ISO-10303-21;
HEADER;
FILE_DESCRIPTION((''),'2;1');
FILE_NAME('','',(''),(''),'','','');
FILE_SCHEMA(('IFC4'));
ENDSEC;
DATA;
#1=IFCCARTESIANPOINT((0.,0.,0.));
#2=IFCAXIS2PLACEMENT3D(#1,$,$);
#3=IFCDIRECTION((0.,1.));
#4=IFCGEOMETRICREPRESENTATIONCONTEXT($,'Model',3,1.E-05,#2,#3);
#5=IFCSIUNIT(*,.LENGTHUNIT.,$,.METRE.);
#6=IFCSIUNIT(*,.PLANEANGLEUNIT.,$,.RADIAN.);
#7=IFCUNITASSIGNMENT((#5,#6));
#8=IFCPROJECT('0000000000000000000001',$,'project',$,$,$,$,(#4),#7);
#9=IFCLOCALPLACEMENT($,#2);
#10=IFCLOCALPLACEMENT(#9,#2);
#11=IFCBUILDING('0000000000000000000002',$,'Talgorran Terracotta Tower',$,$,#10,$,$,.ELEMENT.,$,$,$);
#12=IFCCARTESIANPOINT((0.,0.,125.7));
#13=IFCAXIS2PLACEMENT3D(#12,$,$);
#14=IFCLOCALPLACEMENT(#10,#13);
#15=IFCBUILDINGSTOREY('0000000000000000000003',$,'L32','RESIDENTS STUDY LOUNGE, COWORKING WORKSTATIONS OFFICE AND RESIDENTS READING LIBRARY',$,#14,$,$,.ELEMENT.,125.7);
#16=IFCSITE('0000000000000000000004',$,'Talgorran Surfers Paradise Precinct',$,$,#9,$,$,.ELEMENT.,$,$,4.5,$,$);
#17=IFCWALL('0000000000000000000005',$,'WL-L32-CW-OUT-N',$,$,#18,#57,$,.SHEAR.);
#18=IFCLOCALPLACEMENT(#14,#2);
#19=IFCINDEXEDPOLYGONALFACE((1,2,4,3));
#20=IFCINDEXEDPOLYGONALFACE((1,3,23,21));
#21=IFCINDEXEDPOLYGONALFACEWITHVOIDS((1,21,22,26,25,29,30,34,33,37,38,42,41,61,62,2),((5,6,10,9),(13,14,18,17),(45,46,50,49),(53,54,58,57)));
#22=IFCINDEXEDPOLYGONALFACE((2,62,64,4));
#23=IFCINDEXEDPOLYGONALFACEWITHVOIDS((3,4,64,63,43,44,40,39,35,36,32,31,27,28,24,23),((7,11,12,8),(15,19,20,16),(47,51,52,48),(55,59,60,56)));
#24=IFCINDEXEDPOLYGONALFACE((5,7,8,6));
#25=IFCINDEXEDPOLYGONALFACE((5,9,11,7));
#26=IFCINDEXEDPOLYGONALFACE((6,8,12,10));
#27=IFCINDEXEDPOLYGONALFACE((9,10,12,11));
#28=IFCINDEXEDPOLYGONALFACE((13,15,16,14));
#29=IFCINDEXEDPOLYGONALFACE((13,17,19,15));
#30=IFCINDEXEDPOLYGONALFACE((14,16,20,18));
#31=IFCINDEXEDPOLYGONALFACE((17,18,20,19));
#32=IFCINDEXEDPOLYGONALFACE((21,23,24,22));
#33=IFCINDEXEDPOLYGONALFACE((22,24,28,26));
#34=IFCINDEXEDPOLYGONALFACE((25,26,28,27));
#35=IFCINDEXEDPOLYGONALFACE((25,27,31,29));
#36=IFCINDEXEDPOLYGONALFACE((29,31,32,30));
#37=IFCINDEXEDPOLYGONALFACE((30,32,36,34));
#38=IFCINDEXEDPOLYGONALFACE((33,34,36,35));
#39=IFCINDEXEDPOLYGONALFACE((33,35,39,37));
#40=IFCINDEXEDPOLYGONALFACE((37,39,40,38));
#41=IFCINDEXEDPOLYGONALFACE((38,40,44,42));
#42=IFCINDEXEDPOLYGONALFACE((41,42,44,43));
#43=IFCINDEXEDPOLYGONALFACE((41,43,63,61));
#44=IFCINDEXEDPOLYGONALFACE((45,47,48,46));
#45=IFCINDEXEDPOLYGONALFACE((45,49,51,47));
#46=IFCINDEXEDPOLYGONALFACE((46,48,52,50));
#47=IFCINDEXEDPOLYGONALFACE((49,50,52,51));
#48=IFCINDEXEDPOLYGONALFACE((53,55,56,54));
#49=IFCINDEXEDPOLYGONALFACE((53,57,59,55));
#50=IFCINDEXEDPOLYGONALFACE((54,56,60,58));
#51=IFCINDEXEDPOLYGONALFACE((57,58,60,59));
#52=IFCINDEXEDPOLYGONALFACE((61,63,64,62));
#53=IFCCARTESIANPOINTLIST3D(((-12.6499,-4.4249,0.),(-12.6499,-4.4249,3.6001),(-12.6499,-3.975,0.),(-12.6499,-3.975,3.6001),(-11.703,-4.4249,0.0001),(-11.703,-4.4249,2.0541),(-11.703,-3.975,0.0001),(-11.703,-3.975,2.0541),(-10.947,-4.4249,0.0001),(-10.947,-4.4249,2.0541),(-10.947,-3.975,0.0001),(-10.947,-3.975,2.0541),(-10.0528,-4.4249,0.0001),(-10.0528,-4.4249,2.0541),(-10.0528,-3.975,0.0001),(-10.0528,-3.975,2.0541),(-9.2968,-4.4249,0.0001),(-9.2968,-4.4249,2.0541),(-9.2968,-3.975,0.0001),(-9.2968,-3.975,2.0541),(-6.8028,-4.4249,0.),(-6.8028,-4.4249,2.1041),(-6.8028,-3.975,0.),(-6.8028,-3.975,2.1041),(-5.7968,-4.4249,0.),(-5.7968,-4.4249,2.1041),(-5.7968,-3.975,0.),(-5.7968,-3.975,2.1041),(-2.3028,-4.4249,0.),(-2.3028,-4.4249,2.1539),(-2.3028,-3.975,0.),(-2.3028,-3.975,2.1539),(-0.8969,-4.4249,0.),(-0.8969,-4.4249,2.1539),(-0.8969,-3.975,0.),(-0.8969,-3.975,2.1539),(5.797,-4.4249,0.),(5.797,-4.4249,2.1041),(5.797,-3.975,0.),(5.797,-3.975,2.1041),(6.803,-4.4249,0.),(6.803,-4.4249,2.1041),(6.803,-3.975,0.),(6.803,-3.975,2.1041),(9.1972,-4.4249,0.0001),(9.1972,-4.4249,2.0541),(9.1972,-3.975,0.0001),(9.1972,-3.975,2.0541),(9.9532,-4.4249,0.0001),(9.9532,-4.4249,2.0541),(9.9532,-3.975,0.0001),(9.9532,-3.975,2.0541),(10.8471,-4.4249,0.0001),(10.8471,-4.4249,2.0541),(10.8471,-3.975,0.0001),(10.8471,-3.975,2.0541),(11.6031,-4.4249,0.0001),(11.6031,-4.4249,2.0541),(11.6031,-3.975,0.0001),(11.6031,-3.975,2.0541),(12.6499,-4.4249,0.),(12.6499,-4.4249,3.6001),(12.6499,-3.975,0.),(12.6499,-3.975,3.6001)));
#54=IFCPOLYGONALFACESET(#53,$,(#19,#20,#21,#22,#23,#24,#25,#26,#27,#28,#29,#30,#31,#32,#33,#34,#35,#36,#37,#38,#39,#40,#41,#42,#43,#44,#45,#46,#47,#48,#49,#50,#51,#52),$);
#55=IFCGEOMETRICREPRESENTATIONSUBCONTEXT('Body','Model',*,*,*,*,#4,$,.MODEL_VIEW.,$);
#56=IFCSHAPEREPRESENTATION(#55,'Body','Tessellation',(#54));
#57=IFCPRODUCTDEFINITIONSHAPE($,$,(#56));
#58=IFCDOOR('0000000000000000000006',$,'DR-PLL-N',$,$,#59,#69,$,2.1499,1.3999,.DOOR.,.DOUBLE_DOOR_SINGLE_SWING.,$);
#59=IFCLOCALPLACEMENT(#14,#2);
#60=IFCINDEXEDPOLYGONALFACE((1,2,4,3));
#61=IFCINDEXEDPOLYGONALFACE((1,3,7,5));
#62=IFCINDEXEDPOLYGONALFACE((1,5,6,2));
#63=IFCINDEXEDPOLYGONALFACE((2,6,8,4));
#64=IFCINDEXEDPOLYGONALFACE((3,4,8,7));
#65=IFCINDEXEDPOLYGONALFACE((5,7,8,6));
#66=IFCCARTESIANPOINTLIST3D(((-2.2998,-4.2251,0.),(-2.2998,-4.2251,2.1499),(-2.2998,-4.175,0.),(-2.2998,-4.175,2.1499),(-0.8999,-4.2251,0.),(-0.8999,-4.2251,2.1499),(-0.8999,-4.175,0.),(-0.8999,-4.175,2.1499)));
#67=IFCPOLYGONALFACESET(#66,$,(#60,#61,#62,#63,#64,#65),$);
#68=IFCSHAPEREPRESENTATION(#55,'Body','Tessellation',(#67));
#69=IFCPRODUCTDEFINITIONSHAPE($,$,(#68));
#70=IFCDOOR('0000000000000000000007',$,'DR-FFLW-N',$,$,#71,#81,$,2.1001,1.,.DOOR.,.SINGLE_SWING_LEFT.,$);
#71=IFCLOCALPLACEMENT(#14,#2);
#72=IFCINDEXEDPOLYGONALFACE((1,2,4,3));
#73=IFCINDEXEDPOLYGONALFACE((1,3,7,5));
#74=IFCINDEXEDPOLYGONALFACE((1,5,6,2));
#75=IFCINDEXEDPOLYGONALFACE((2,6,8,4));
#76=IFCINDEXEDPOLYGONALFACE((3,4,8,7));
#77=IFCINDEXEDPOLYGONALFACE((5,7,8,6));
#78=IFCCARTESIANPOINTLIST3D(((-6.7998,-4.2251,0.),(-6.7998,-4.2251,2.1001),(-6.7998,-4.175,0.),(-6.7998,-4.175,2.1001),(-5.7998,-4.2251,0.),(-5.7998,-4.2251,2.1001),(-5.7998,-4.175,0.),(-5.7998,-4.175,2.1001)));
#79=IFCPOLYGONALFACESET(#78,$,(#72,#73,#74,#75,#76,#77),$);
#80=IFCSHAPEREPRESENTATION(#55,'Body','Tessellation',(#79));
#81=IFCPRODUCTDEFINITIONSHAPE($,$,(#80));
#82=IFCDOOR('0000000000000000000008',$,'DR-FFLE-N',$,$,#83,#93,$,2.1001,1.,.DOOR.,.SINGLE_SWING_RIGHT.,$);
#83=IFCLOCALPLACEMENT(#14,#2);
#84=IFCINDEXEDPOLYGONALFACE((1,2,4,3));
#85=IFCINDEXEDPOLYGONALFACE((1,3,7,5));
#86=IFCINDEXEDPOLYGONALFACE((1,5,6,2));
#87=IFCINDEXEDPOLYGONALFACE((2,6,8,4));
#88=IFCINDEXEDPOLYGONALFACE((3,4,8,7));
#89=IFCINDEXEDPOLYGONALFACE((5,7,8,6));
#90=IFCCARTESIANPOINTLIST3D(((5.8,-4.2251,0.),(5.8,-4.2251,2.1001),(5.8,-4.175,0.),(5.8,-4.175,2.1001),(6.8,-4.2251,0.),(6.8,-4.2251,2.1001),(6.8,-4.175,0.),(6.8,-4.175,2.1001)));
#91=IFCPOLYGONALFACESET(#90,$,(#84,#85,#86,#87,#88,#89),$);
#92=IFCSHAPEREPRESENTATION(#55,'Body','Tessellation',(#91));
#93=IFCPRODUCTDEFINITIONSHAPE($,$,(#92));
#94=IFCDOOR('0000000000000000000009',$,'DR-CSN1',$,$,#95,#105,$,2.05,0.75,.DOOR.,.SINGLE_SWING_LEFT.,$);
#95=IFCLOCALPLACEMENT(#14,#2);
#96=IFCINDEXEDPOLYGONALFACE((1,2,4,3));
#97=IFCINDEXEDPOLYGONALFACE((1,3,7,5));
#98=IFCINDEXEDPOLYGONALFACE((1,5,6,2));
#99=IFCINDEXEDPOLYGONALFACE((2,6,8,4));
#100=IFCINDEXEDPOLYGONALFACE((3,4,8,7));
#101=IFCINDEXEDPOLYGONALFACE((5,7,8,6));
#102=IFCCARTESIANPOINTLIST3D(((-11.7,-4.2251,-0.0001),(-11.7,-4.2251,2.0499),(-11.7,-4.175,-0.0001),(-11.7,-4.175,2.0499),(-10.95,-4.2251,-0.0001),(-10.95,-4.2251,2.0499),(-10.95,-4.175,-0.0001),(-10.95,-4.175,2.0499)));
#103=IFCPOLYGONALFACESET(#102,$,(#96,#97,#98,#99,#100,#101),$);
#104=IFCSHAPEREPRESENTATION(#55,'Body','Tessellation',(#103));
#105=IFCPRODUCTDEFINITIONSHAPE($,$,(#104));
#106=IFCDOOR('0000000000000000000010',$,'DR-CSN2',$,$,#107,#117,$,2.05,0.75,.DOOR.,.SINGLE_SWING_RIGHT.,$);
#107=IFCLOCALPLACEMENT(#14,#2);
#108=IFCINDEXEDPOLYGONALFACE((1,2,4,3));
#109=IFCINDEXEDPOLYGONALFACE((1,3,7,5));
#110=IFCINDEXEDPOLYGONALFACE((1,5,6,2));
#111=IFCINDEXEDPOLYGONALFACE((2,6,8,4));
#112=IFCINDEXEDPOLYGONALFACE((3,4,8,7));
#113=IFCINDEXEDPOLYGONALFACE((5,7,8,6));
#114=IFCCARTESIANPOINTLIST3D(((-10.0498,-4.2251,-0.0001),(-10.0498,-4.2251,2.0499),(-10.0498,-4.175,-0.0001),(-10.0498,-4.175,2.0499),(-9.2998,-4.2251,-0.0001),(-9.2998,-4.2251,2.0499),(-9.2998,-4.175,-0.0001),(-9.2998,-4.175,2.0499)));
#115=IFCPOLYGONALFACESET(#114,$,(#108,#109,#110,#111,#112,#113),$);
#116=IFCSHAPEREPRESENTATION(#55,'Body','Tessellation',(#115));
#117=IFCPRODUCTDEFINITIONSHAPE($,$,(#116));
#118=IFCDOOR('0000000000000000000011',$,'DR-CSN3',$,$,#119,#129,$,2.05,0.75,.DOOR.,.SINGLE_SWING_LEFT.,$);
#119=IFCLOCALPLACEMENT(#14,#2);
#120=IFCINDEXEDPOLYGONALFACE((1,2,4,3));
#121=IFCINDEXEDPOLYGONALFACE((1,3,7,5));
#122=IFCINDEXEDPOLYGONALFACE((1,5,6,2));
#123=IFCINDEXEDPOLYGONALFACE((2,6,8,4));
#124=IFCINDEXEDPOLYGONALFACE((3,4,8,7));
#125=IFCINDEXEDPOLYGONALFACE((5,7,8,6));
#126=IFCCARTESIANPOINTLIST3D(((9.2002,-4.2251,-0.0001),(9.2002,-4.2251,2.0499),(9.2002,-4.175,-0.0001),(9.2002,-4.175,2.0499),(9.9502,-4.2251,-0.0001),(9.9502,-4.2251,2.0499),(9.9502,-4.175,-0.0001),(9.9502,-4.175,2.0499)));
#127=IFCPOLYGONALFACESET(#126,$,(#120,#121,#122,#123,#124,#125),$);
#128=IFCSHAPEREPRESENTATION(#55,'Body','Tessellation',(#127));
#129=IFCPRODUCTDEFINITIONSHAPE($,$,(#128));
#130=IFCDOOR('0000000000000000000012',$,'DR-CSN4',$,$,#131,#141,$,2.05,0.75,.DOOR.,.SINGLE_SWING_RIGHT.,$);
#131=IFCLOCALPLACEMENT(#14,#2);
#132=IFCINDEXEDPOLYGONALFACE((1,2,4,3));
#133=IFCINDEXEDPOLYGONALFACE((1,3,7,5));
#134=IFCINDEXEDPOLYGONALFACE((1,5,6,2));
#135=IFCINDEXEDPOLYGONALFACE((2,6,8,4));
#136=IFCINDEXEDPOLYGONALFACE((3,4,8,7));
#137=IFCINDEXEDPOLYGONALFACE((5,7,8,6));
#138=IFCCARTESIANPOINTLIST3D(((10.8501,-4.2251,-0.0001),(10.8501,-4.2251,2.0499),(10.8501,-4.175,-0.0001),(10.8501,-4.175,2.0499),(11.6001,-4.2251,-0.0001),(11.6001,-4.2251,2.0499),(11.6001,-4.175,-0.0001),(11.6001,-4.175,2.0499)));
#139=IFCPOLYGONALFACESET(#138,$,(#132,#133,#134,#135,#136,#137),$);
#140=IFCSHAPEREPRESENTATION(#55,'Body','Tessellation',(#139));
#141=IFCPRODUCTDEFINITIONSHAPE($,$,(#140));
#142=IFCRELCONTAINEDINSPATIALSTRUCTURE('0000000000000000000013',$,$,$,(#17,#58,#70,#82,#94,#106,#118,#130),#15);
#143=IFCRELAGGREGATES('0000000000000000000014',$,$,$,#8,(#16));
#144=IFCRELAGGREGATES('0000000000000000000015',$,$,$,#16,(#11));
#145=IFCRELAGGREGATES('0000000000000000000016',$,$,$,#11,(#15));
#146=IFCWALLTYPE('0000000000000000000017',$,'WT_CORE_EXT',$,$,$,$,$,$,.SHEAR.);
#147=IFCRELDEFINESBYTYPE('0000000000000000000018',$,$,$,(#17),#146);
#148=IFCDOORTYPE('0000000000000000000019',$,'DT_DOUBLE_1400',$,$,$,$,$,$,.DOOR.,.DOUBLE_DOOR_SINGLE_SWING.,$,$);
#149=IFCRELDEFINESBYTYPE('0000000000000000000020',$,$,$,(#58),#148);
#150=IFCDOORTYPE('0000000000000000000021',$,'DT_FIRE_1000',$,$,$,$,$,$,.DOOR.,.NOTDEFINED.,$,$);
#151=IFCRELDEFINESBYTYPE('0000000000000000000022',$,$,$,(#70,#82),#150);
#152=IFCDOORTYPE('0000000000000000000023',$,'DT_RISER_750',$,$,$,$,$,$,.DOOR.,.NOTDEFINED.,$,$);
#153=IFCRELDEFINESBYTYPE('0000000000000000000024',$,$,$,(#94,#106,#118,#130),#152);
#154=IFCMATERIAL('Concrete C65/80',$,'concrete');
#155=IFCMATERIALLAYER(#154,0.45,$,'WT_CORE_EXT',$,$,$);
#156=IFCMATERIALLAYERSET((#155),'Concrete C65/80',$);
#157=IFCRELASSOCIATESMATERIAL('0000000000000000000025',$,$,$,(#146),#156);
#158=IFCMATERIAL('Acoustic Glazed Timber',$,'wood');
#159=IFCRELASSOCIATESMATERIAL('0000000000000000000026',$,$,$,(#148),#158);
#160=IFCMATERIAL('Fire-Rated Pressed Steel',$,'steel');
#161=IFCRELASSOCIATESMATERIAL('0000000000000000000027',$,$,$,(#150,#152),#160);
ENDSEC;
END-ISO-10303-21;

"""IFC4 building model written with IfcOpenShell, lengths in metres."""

from ifc_helpers import new_model, si_unit, direction, frame, frame_2d, origin, place, context, subcontext, project, spatial, rectangle, extrude, material, layer, layer_set, type_object, element, fill, save


model = new_model("IFC4")

# Units and contexts
model_context = context("Model", 3, precision=1e-05, world=origin(), true_north=direction((0.0, 1.0)))
body_context = subcontext(model_context, "Body", "Model", "MODEL_VIEW")
ifc_project = project(units=[si_unit("LENGTHUNIT", "METRE"), si_unit("PLANEANGLEUNIT", "RADIAN")], contexts=[model_context])

# Site, building, storey
site_placement = place(None, origin())
site = spatial("IfcSite", under=ifc_project, at=site_placement, Name="Talgorran Surfers Paradise Precinct", CompositionType="ELEMENT", RefElevation=4.5)
building_placement = place(site_placement, origin())
building = spatial("IfcBuilding", under=site, at=building_placement, Name="Talgorran Terracotta Tower", CompositionType="ELEMENT")
storey_placement = place(building_placement, frame((0.0, 0.0, 125.7)))
storey = spatial("IfcBuildingStorey", under=building, at=storey_placement, Name="L32", Description="RESIDENTS STUDY LOUNGE, COWORKING WORKSTATIONS OFFICE AND RESIDENTS READING LIBRARY", CompositionType="ELEMENT", Elevation=125.7)

# Wall, openings, doors
ifc_material_1 = material(Name="Concrete C65/80", Category="concrete")
ifc_layer_1 = layer(ifc_material_1, 0.45, Name="WT_CORE_EXT")
ifc_layer_set_1 = layer_set([ifc_layer_1], Name="Concrete C65/80")
wall_type_1 = type_object("IfcWallType", Name="WT_CORE_EXT", PredefinedType="SHEAR", material=ifc_layer_set_1)
wall_1_placement = place(storey_placement, frame((-12.6499, -4.2, 0.0), z_axis=(0.0, 0.0, 1.0), x_axis=(1.0, 0.0, 0.0)))
wall_1 = element("IfcWall", 1, at=wall_1_placement, inside=storey, type_object=wall_type_1, Name="WL-L32-CW-OUT-N", PredefinedType="SHEAR", context=body_context, shape_type="SweptSolid", body=[
    extrude(rectangle(XDim=25.2998, YDim=0.45, at=frame_2d((12.6499, 0.0))), origin(), (0.0, 0.0, 1.0), 3.6001),
])
opening_1_placement = place(wall_1_placement, frame((0.95, 0.0, 0.0)))
opening_1 = element("IfcOpeningElement", 2, at=opening_1_placement, cuts=wall_1, PredefinedType="OPENING", context=body_context, shape_type="SweptSolid", body=[
    extrude(rectangle(XDim=0.756, YDim=2.054, at=frame_2d((0.375, 1.0271))), frame((0.0, 0.2349, 0.0), z_axis=(0.0, -1.0, 0.0), x_axis=(1.0, 0.0, 0.0)), (0.0, 0.0, 1.0), 0.47),
])
opening_2_placement = place(wall_1_placement, frame((2.6001, 0.0, 0.0)))
opening_2 = element("IfcOpeningElement", 3, at=opening_2_placement, cuts=wall_1, PredefinedType="OPENING", context=body_context, shape_type="SweptSolid", body=[
    extrude(rectangle(XDim=0.756, YDim=2.054, at=frame_2d((0.375, 1.0271))), frame((0.0, 0.2349, 0.0), z_axis=(0.0, -1.0, 0.0), x_axis=(1.0, 0.0, 0.0)), (0.0, 0.0, 1.0), 0.47),
])
opening_3_placement = place(wall_1_placement, frame((21.8501, 0.0, 0.0)))
opening_3 = element("IfcOpeningElement", 4, at=opening_3_placement, cuts=wall_1, PredefinedType="OPENING", context=body_context, shape_type="SweptSolid", body=[
    extrude(rectangle(XDim=0.756, YDim=2.054, at=frame_2d((0.375, 1.0271))), frame((0.0, 0.2349, 0.0), z_axis=(0.0, -1.0, 0.0), x_axis=(1.0, 0.0, 0.0)), (0.0, 0.0, 1.0), 0.47),
])
opening_4_placement = place(wall_1_placement, frame((23.5, 0.0, 0.0)))
opening_4 = element("IfcOpeningElement", 5, at=opening_4_placement, cuts=wall_1, PredefinedType="OPENING", context=body_context, shape_type="SweptSolid", body=[
    extrude(rectangle(XDim=0.756, YDim=2.054, at=frame_2d((0.375, 1.0271))), frame((0.0, 0.2349, 0.0), z_axis=(0.0, -1.0, 0.0), x_axis=(1.0, 0.0, 0.0)), (0.0, 0.0, 1.0), 0.47),
])
opening_5_placement = place(wall_1_placement, frame((5.8501, 0.0, 0.0)))
opening_5 = element("IfcOpeningElement", 6, at=opening_5_placement, cuts=wall_1, PredefinedType="OPENING", context=body_context, shape_type="SweptSolid", body=[
    extrude(rectangle(XDim=1.006, YDim=2.1041, at=frame_2d((0.5, 1.052))), frame((0.0, 0.2349, 0.0), z_axis=(0.0, -1.0, 0.0), x_axis=(1.0, 0.0, 0.0)), (0.0, 0.0, 1.0), 0.47),
])
opening_6_placement = place(wall_1_placement, frame((10.3501, 0.0, 0.0)))
opening_6 = element("IfcOpeningElement", 7, at=opening_6_placement, cuts=wall_1, PredefinedType="OPENING", context=body_context, shape_type="SweptSolid", body=[
    extrude(rectangle(XDim=1.4059, YDim=2.1539, at=frame_2d((0.7, 1.0769))), frame((0.0, 0.2349, 0.0), z_axis=(0.0, -1.0, 0.0), x_axis=(1.0, 0.0, 0.0)), (0.0, 0.0, 1.0), 0.47),
])
opening_7_placement = place(wall_1_placement, frame((18.45, 0.0, 0.0)))
opening_7 = element("IfcOpeningElement", 8, at=opening_7_placement, cuts=wall_1, PredefinedType="OPENING", context=body_context, shape_type="SweptSolid", body=[
    extrude(rectangle(XDim=1.006, YDim=2.1041, at=frame_2d((0.5, 1.052))), frame((0.0, 0.2349, 0.0), z_axis=(0.0, -1.0, 0.0), x_axis=(1.0, 0.0, 0.0)), (0.0, 0.0, 1.0), 0.47),
])
ifc_material_2 = material(Name="Acoustic Glazed Timber", Category="wood")
door_type_1 = type_object("IfcDoorType", Name="DT_DOUBLE_1400", OperationType="DOUBLE_DOOR_SINGLE_SWING", PredefinedType="DOOR", material=ifc_material_2)
door_1_placement = place(opening_6_placement, origin())
door_1 = element("IfcDoor", 9, at=door_1_placement, inside=storey, type_object=door_type_1, Name="DR-PLL-N", OperationType="DOUBLE_DOOR_SINGLE_SWING", OverallHeight=2.1499, OverallWidth=1.3999, PredefinedType="DOOR", context=body_context, shape_type="SweptSolid", body=[
    extrude(rectangle(XDim=1.3999, YDim=2.1499, at=frame_2d((0.7, 1.075))), frame((0.0, 0.0249, 0.0), z_axis=(0.0, -1.0, 0.0), x_axis=(1.0, 0.0, 0.0)), (0.0, 0.0, 1.0), 0.05),
])
fill(opening_6, door_1)
ifc_material_3 = material(Name="Fire-Rated Pressed Steel", Category="steel")
door_type_2 = type_object("IfcDoorType", Name="DT_FIRE_1000", OperationType="NOTDEFINED", PredefinedType="DOOR", material=ifc_material_3)
door_2_placement = place(opening_5_placement, origin())
door_2 = element("IfcDoor", 10, at=door_2_placement, inside=storey, type_object=door_type_2, Name="DR-FFLW-N", OperationType="SINGLE_SWING_LEFT", OverallHeight=2.1001, OverallWidth=1.0, PredefinedType="DOOR", context=body_context, shape_type="SweptSolid", body=[
    extrude(rectangle(XDim=1.0, YDim=2.1001, at=frame_2d((0.5, 1.05))), frame((0.0, 0.0249, 0.0), z_axis=(0.0, -1.0, 0.0), x_axis=(1.0, 0.0, 0.0)), (0.0, 0.0, 1.0), 0.05),
])
fill(opening_5, door_2)
door_3_placement = place(opening_7_placement, origin())
door_3 = element("IfcDoor", 11, at=door_3_placement, inside=storey, type_object=door_type_2, Name="DR-FFLE-N", OperationType="SINGLE_SWING_RIGHT", OverallHeight=2.1001, OverallWidth=1.0, PredefinedType="DOOR", context=body_context, shape_type="SweptSolid", body=[
    extrude(rectangle(XDim=1.0, YDim=2.1001, at=frame_2d((0.5, 1.05))), frame((0.0, 0.0249, 0.0), z_axis=(0.0, -1.0, 0.0), x_axis=(1.0, 0.0, 0.0)), (0.0, 0.0, 1.0), 0.05),
])
fill(opening_7, door_3)
door_type_3 = type_object("IfcDoorType", Name="DT_RISER_750", OperationType="NOTDEFINED", PredefinedType="DOOR", material=ifc_material_3)
door_4_placement = place(opening_1_placement, origin())
door_4 = element("IfcDoor", 12, at=door_4_placement, inside=storey, type_object=door_type_3, Name="DR-CSN1", OperationType="SINGLE_SWING_LEFT", OverallHeight=2.05, OverallWidth=0.75, PredefinedType="DOOR", context=body_context, shape_type="SweptSolid", body=[
    extrude(rectangle(XDim=0.75, YDim=2.05, at=frame_2d((0.375, 1.0249))), frame((0.0, 0.0249, 0.0), z_axis=(0.0, -1.0, 0.0), x_axis=(1.0, 0.0, 0.0)), (0.0, 0.0, 1.0), 0.05),
])
fill(opening_1, door_4)
door_5_placement = place(opening_2_placement, origin())
door_5 = element("IfcDoor", 13, at=door_5_placement, inside=storey, type_object=door_type_3, Name="DR-CSN2", OperationType="SINGLE_SWING_RIGHT", OverallHeight=2.05, OverallWidth=0.75, PredefinedType="DOOR", context=body_context, shape_type="SweptSolid", body=[
    extrude(rectangle(XDim=0.75, YDim=2.05, at=frame_2d((0.375, 1.0249))), frame((0.0, 0.0249, 0.0), z_axis=(0.0, -1.0, 0.0), x_axis=(1.0, 0.0, 0.0)), (0.0, 0.0, 1.0), 0.05),
])
fill(opening_2, door_5)
door_6_placement = place(opening_3_placement, origin())
door_6 = element("IfcDoor", 14, at=door_6_placement, inside=storey, type_object=door_type_3, Name="DR-CSN3", OperationType="SINGLE_SWING_LEFT", OverallHeight=2.05, OverallWidth=0.75, PredefinedType="DOOR", context=body_context, shape_type="SweptSolid", body=[
    extrude(rectangle(XDim=0.75, YDim=2.05, at=frame_2d((0.375, 1.0249))), frame((0.0, 0.0249, 0.0), z_axis=(0.0, -1.0, 0.0), x_axis=(1.0, 0.0, 0.0)), (0.0, 0.0, 1.0), 0.05),
])
fill(opening_3, door_6)
door_7_placement = place(opening_4_placement, origin())
door_7 = element("IfcDoor", 15, at=door_7_placement, inside=storey, type_object=door_type_3, Name="DR-CSN4", OperationType="SINGLE_SWING_RIGHT", OverallHeight=2.05, OverallWidth=0.75, PredefinedType="DOOR", context=body_context, shape_type="SweptSolid", body=[
    extrude(rectangle(XDim=0.75, YDim=2.05, at=frame_2d((0.375, 1.0249))), frame((0.0, 0.0249, 0.0), z_axis=(0.0, -1.0, 0.0), x_axis=(1.0, 0.0, 0.0)), (0.0, 0.0, 1.0), 0.05),
])
fill(opening_4, door_7)

save(model, "model.ifc")
